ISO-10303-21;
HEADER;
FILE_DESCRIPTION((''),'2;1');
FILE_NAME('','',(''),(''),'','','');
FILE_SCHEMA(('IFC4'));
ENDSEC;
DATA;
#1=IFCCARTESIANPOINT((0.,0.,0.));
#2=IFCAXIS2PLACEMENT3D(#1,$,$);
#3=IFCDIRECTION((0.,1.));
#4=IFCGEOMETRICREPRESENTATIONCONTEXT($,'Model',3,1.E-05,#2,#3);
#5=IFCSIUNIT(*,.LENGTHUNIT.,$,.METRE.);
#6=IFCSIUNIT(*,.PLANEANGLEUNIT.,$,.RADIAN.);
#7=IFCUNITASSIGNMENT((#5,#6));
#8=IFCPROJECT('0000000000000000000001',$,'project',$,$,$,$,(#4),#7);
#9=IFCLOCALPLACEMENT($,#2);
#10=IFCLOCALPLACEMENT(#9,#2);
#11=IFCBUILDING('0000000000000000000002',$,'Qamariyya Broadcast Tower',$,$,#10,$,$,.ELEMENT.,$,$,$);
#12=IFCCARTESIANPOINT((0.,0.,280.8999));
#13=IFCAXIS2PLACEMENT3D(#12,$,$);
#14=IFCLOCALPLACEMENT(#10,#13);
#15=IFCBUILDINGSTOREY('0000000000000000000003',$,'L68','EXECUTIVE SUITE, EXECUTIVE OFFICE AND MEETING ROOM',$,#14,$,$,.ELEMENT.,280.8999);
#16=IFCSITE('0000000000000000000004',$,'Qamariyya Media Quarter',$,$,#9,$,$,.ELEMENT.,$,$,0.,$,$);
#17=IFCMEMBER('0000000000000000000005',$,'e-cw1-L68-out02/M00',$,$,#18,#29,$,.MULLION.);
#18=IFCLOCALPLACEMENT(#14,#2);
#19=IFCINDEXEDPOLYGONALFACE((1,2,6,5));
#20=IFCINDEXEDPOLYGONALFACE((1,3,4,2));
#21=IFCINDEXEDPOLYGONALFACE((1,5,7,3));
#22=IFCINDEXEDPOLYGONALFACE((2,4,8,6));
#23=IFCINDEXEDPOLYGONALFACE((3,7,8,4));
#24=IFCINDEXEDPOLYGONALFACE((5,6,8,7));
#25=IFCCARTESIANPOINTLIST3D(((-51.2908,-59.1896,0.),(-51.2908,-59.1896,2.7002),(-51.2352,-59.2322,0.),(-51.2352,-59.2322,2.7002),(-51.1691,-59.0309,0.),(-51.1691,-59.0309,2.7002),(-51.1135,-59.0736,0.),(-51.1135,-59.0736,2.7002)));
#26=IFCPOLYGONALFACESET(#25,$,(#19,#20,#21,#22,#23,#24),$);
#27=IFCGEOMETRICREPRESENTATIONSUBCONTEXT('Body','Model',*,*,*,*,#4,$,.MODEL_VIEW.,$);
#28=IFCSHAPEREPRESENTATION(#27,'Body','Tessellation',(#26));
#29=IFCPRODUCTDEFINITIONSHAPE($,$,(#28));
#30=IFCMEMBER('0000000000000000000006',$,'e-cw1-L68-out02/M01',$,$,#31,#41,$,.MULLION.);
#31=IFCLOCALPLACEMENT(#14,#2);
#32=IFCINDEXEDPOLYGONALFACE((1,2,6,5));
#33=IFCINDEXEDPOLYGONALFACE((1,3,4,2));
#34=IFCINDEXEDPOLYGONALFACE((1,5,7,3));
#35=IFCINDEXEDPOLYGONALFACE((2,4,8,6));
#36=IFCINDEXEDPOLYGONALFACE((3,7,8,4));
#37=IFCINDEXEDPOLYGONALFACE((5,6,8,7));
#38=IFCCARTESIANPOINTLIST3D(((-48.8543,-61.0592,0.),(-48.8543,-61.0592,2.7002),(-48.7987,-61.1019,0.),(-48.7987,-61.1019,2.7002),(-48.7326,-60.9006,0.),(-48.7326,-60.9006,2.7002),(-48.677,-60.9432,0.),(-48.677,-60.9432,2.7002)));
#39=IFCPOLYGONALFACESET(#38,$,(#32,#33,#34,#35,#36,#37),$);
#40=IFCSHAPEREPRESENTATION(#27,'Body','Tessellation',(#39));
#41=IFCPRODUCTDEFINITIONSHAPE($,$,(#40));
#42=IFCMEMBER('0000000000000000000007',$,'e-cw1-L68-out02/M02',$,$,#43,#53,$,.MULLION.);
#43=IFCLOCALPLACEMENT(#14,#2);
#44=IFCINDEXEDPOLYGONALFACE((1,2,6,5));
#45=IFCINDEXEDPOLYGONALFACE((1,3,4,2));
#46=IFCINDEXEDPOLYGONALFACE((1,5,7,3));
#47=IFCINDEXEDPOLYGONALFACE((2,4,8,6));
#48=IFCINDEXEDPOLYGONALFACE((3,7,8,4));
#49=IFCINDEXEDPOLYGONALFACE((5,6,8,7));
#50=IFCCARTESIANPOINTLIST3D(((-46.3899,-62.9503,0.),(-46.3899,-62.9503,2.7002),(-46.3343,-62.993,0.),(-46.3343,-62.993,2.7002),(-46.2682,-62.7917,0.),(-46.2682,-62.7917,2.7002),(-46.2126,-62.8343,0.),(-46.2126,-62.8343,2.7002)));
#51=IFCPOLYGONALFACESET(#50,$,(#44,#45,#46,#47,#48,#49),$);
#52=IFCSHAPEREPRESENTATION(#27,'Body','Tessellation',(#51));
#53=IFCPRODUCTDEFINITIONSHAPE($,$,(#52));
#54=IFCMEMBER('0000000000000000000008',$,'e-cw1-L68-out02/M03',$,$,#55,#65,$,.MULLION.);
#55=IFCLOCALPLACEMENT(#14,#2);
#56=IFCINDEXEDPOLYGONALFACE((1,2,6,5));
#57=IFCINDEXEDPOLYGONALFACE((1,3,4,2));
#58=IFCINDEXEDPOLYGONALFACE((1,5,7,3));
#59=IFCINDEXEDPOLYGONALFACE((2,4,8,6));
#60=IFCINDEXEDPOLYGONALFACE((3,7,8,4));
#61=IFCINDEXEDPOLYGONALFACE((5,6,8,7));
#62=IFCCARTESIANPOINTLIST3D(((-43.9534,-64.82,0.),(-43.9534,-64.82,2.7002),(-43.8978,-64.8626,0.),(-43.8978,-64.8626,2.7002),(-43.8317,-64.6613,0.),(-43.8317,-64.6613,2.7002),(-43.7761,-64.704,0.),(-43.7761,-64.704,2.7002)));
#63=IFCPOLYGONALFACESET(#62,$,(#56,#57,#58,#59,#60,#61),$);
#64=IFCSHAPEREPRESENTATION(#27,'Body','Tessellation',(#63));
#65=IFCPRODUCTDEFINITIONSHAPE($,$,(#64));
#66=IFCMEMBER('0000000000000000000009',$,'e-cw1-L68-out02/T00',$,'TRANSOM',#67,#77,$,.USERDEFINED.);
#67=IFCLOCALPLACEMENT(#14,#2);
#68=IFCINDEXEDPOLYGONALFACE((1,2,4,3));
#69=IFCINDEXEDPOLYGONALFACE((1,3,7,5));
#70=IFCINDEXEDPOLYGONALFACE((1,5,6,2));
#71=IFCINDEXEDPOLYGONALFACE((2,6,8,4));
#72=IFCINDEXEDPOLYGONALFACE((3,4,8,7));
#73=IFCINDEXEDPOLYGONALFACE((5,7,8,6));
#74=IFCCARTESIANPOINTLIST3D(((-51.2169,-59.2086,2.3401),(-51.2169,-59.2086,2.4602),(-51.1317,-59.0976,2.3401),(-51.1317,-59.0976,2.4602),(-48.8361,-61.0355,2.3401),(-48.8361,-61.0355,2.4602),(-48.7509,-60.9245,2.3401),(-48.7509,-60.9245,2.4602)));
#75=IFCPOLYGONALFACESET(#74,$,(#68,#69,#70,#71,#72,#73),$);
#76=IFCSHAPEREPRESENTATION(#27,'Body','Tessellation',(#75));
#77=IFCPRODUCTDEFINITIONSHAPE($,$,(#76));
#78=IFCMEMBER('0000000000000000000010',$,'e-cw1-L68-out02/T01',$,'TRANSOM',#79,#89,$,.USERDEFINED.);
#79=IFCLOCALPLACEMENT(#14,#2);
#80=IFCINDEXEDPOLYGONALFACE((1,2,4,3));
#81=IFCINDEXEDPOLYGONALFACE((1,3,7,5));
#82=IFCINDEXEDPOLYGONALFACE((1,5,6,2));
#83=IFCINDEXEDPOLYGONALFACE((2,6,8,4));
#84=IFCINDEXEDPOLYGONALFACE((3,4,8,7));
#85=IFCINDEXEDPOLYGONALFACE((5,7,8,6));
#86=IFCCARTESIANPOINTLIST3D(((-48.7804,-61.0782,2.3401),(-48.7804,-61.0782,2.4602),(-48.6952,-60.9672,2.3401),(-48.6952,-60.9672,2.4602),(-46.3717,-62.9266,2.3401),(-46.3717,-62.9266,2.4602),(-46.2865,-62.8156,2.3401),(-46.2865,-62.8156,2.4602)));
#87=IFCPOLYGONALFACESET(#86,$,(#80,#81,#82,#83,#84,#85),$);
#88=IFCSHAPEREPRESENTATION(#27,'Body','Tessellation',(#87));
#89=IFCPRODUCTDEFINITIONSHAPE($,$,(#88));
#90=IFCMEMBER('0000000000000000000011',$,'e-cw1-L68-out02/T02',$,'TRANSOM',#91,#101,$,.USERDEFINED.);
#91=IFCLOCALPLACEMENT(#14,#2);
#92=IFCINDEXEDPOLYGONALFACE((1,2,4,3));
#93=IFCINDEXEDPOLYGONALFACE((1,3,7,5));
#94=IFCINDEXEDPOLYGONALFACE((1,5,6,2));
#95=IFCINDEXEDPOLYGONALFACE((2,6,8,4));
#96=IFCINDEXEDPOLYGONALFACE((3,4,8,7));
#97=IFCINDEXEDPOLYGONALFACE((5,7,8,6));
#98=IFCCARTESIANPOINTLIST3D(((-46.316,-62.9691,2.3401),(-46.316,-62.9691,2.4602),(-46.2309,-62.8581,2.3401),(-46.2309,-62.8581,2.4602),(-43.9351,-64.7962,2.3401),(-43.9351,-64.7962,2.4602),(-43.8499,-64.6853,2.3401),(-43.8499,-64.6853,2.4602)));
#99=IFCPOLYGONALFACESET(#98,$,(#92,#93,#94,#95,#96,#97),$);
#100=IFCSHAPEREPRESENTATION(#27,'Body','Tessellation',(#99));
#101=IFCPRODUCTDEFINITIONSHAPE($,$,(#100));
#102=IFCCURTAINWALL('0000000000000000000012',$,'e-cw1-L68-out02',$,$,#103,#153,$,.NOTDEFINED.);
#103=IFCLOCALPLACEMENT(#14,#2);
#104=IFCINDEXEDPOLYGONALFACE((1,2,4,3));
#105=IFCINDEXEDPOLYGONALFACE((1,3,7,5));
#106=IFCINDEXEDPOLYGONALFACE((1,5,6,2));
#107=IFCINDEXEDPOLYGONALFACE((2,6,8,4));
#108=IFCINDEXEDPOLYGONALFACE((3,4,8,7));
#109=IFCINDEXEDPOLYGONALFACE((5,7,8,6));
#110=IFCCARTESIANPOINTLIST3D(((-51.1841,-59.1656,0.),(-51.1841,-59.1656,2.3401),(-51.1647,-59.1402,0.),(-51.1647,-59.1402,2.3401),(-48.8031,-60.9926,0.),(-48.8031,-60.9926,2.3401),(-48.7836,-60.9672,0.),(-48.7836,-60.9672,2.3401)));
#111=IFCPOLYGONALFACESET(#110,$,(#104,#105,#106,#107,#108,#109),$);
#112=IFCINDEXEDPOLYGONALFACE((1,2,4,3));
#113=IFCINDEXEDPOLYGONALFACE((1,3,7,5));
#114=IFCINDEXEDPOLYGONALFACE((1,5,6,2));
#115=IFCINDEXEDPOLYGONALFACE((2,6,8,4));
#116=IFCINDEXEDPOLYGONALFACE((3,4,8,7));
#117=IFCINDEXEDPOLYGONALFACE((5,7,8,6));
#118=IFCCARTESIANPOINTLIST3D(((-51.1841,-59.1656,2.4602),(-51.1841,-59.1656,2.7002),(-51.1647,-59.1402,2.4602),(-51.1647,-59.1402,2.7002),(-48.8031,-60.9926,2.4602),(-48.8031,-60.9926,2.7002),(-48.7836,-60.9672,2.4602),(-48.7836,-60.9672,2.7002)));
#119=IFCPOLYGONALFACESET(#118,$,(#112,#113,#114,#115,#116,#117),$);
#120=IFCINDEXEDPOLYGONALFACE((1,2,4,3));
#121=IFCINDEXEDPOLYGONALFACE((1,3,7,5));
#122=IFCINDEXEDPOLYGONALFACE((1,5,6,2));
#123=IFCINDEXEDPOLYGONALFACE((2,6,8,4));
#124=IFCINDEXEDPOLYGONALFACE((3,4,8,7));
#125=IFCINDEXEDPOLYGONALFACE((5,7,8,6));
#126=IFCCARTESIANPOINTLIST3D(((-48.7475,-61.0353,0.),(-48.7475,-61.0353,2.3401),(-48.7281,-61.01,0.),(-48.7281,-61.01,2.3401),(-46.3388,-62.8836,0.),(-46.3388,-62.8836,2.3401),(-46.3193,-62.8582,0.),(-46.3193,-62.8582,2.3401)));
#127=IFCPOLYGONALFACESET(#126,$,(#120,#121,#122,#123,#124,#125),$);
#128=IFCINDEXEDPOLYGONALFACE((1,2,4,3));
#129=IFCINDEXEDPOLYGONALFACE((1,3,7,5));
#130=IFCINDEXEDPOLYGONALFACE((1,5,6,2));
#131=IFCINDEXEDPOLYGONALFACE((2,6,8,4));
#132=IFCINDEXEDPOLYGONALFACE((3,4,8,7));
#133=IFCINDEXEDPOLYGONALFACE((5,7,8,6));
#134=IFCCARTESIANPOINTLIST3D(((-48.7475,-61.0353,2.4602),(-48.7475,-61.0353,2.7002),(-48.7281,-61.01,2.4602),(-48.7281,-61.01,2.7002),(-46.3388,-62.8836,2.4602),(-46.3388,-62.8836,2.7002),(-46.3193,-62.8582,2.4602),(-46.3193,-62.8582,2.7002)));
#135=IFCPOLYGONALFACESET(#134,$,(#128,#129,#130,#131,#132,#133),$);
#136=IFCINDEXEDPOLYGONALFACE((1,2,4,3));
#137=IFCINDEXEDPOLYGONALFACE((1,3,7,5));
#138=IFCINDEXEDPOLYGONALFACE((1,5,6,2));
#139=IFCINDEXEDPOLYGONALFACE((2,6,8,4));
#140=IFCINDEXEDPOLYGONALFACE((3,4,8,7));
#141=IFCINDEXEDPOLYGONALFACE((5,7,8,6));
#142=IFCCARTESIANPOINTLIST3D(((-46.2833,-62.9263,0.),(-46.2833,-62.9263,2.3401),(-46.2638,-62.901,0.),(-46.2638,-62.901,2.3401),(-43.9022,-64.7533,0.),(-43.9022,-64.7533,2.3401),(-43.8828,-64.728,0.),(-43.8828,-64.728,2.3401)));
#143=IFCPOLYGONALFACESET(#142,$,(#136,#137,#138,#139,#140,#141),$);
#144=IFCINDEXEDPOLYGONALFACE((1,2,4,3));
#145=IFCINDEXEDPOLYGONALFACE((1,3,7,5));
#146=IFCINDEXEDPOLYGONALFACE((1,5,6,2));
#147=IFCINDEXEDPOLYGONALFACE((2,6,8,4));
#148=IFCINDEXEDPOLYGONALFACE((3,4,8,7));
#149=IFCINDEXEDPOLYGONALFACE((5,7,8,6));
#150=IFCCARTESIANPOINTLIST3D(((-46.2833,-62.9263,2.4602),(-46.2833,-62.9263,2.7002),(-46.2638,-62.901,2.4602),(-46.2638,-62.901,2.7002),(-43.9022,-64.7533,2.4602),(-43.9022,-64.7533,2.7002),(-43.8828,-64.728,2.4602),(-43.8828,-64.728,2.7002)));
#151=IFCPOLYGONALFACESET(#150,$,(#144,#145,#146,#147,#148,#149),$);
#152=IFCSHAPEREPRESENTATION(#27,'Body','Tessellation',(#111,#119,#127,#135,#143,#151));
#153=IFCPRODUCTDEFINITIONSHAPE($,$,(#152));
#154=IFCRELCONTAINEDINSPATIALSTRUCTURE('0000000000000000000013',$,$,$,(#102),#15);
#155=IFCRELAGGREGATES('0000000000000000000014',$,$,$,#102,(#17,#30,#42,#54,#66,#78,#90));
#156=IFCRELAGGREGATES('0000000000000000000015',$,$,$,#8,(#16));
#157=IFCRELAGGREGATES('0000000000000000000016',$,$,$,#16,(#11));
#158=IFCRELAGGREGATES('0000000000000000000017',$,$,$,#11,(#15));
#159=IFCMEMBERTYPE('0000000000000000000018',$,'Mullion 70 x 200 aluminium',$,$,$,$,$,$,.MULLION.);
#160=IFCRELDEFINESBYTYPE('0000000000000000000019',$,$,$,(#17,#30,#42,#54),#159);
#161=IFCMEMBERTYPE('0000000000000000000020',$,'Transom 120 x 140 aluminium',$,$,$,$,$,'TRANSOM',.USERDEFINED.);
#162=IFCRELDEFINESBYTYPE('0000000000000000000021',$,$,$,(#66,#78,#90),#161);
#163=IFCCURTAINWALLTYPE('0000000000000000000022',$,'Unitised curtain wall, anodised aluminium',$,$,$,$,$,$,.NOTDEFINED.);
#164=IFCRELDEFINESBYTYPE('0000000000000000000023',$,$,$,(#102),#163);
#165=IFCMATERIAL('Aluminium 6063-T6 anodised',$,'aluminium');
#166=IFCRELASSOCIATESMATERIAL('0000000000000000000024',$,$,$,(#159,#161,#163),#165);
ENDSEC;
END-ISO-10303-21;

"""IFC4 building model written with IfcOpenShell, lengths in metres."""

from ifc_helpers import new_model, si_unit, direction, frame, origin, origin_2d, place, context, subcontext, project, spatial, rectangle, extrude, material, material_profile, profile_set, type_object, element, aggregate, save


model = new_model("IFC4")

# Units and contexts
model_context = context("Model", 3, precision=1e-05, world=origin(), true_north=direction((0.0, 1.0)))
body_context = subcontext(model_context, "Body", "Model", "MODEL_VIEW")
ifc_project = project(units=[si_unit("LENGTHUNIT", "METRE"), si_unit("PLANEANGLEUNIT", "RADIAN")], contexts=[model_context])

# Members
ifc_material = material(Name="Aluminium 6063-T6 anodised", Category="aluminium")
ifc_material_profile_1 = material_profile(ifc_material, rectangle(XDim=0.2, YDim=0.0701, at=origin_2d()))
ifc_profile_set_1 = profile_set([ifc_material_profile_1], Name="Aluminium 6063-T6 anodised")
member_type_1 = type_object("IfcMemberType", Name="Mullion 70 x 200 aluminium", PredefinedType="MULLION", material=ifc_profile_set_1)
site_placement = place(None, origin())
building_placement = place(site_placement, origin())
storey_placement = place(building_placement, frame((0.0, 0.0, 280.8999)))
member_1_placement = place(storey_placement, frame((-51.2021, -59.1316, 0.0), z_axis=(0.0, 0.0, 1.0), x_axis=(0.608761, 0.793353, 0.0)))
member_1 = element("IfcMember", 1, at=member_1_placement, type_object=member_type_1, Name="e-cw1-L68-out02/M00", PredefinedType="MULLION", context=body_context, shape_type="SweptSolid", body=[
    extrude(rectangle(XDim=0.2, YDim=0.0701, at=origin_2d()), origin(), (0.0, 0.0, 1.0), 2.7002),
])
member_2_placement = place(storey_placement, frame((-48.7656, -61.0012, 0.0), z_axis=(0.0, 0.0, 1.0), x_axis=(0.608761, 0.793353, 0.0)))
member_2 = element("IfcMember", 2, at=member_2_placement, type_object=member_type_1, Name="e-cw1-L68-out02/M01", PredefinedType="MULLION", context=body_context, shape_type="SweptSolid", body=[
    extrude(rectangle(XDim=0.2, YDim=0.0701, at=origin_2d()), origin(), (0.0, 0.0, 1.0), 2.7002),
])
member_3_placement = place(storey_placement, frame((-46.3013, -62.8923, 0.0), z_axis=(0.0, 0.0, 1.0), x_axis=(0.608761, 0.793353, 0.0)))
member_3 = element("IfcMember", 3, at=member_3_placement, type_object=member_type_1, Name="e-cw1-L68-out02/M02", PredefinedType="MULLION", context=body_context, shape_type="SweptSolid", body=[
    extrude(rectangle(XDim=0.2, YDim=0.0701, at=origin_2d()), origin(), (0.0, 0.0, 1.0), 2.7002),
])
member_4_placement = place(storey_placement, frame((-43.8647, -64.762, 0.0), z_axis=(0.0, 0.0, 1.0), x_axis=(0.608761, 0.793353, 0.0)))
member_4 = element("IfcMember", 4, at=member_4_placement, type_object=member_type_1, Name="e-cw1-L68-out02/M03", PredefinedType="MULLION", context=body_context, shape_type="SweptSolid", body=[
    extrude(rectangle(XDim=0.2, YDim=0.0701, at=origin_2d()), origin(), (0.0, 0.0, 1.0), 2.7002),
])
ifc_material_profile_2 = material_profile(ifc_material, rectangle(XDim=0.1399, YDim=0.1201, at=origin_2d()))
ifc_profile_set_2 = profile_set([ifc_material_profile_2], Name="Aluminium 6063-T6 anodised")
member_type_2 = type_object("IfcMemberType", Name="Transom 120 x 140 aluminium", ElementType="TRANSOM", PredefinedType="USERDEFINED", material=ifc_profile_set_2)
member_5_placement = place(storey_placement, frame((-51.1743, -59.1531, 2.4001), z_axis=(0.793352, -0.608763, 0.0), x_axis=(0.608763, 0.793352, 0.0)))
member_5 = element("IfcMember", 5, at=member_5_placement, type_object=member_type_2, Name="e-cw1-L68-out02/T00", ObjectType="TRANSOM", PredefinedType="USERDEFINED", context=body_context, shape_type="SweptSolid", body=[
    extrude(rectangle(XDim=0.1399, YDim=0.1201, at=origin_2d()), origin(), (0.0, 0.0, 1.0), 3.001),
])
member_6_placement = place(storey_placement, frame((-48.7378, -61.0227, 2.4001), z_axis=(0.793332, -0.608789, 0.0), x_axis=(0.608789, 0.793332, 0.0)))
member_6 = element("IfcMember", 6, at=member_6_placement, type_object=member_type_2, Name="e-cw1-L68-out02/T01", ObjectType="TRANSOM", PredefinedType="USERDEFINED", context=body_context, shape_type="SweptSolid", body=[
    extrude(rectangle(XDim=0.1399, YDim=0.1201, at=origin_2d()), origin(), (0.0, 0.0, 1.0), 3.0361),
])
member_7_placement = place(storey_placement, frame((-46.2734, -62.9136, 2.4001), z_axis=(0.793313, -0.608814, 0.0), x_axis=(0.608814, 0.793313, 0.0)))
member_7 = element("IfcMember", 7, at=member_7_placement, type_object=member_type_2, Name="e-cw1-L68-out02/T02", ObjectType="TRANSOM", PredefinedType="USERDEFINED", context=body_context, shape_type="SweptSolid", body=[
    extrude(rectangle(XDim=0.1399, YDim=0.1201, at=origin_2d()), origin(), (0.0, 0.0, 1.0), 3.0012),
])

# Site, building, storey
site = spatial("IfcSite", under=ifc_project, at=site_placement, Name="Qamariyya Media Quarter", CompositionType="ELEMENT", RefElevation=0.0)
building = spatial("IfcBuilding", under=site, at=building_placement, Name="Qamariyya Broadcast Tower", CompositionType="ELEMENT")
storey = spatial("IfcBuildingStorey", under=building, at=storey_placement, Name="L68", Description="EXECUTIVE SUITE, EXECUTIVE OFFICE AND MEETING ROOM", CompositionType="ELEMENT", Elevation=280.8999)

# Curtain wall
curtain_wall_type = type_object("IfcCurtainWallType", Name="Unitised curtain wall, anodised aluminium", PredefinedType="NOTDEFINED", material=ifc_material)
curtain_wall_1_placement = place(storey_placement, origin())
curtain_wall_1 = element("IfcCurtainWall", 8, at=curtain_wall_1_placement, inside=storey, type_object=curtain_wall_type, Name="e-cw1-L68-out02", PredefinedType="NOTDEFINED", context=body_context, shape_type="SweptSolid", body=[
    extrude(rectangle(XDim=3.0012, YDim=0.032, at=origin_2d()), frame((-49.9839, -60.0664, 0.0), x_axis=(0.793356, -0.608758, 0.0)), (0.0, 0.0, 1.0), 2.3401),
    extrude(rectangle(XDim=3.0012, YDim=0.032, at=origin_2d()), frame((-49.9839, -60.0664, 2.4602), x_axis=(0.793356, -0.608758, 0.0)), (0.0, 0.0, 1.0), 0.24),
    extrude(rectangle(XDim=3.0361, YDim=0.032, at=origin_2d()), frame((-47.5334, -61.9468, 0.0), x_axis=(0.793356, -0.608758, 0.0)), (0.0, 0.0, 1.0), 2.3401),
    extrude(rectangle(XDim=3.0361, YDim=0.032, at=origin_2d()), frame((-47.5334, -61.9468, 2.4602), x_axis=(0.793356, -0.608758, 0.0)), (0.0, 0.0, 1.0), 0.24),
    extrude(rectangle(XDim=3.0012, YDim=0.032, at=origin_2d()), frame((-45.083, -63.8271, 0.0), x_axis=(0.793356, -0.608758, 0.0)), (0.0, 0.0, 1.0), 2.3401),
    extrude(rectangle(XDim=3.0012, YDim=0.032, at=origin_2d()), frame((-45.083, -63.8271, 2.4602), x_axis=(0.793356, -0.608758, 0.0)), (0.0, 0.0, 1.0), 0.24),
])
aggregate(curtain_wall_1, [member_1, member_2, member_3, member_4, member_5, member_6, member_7])

save(model, "model.ifc")
